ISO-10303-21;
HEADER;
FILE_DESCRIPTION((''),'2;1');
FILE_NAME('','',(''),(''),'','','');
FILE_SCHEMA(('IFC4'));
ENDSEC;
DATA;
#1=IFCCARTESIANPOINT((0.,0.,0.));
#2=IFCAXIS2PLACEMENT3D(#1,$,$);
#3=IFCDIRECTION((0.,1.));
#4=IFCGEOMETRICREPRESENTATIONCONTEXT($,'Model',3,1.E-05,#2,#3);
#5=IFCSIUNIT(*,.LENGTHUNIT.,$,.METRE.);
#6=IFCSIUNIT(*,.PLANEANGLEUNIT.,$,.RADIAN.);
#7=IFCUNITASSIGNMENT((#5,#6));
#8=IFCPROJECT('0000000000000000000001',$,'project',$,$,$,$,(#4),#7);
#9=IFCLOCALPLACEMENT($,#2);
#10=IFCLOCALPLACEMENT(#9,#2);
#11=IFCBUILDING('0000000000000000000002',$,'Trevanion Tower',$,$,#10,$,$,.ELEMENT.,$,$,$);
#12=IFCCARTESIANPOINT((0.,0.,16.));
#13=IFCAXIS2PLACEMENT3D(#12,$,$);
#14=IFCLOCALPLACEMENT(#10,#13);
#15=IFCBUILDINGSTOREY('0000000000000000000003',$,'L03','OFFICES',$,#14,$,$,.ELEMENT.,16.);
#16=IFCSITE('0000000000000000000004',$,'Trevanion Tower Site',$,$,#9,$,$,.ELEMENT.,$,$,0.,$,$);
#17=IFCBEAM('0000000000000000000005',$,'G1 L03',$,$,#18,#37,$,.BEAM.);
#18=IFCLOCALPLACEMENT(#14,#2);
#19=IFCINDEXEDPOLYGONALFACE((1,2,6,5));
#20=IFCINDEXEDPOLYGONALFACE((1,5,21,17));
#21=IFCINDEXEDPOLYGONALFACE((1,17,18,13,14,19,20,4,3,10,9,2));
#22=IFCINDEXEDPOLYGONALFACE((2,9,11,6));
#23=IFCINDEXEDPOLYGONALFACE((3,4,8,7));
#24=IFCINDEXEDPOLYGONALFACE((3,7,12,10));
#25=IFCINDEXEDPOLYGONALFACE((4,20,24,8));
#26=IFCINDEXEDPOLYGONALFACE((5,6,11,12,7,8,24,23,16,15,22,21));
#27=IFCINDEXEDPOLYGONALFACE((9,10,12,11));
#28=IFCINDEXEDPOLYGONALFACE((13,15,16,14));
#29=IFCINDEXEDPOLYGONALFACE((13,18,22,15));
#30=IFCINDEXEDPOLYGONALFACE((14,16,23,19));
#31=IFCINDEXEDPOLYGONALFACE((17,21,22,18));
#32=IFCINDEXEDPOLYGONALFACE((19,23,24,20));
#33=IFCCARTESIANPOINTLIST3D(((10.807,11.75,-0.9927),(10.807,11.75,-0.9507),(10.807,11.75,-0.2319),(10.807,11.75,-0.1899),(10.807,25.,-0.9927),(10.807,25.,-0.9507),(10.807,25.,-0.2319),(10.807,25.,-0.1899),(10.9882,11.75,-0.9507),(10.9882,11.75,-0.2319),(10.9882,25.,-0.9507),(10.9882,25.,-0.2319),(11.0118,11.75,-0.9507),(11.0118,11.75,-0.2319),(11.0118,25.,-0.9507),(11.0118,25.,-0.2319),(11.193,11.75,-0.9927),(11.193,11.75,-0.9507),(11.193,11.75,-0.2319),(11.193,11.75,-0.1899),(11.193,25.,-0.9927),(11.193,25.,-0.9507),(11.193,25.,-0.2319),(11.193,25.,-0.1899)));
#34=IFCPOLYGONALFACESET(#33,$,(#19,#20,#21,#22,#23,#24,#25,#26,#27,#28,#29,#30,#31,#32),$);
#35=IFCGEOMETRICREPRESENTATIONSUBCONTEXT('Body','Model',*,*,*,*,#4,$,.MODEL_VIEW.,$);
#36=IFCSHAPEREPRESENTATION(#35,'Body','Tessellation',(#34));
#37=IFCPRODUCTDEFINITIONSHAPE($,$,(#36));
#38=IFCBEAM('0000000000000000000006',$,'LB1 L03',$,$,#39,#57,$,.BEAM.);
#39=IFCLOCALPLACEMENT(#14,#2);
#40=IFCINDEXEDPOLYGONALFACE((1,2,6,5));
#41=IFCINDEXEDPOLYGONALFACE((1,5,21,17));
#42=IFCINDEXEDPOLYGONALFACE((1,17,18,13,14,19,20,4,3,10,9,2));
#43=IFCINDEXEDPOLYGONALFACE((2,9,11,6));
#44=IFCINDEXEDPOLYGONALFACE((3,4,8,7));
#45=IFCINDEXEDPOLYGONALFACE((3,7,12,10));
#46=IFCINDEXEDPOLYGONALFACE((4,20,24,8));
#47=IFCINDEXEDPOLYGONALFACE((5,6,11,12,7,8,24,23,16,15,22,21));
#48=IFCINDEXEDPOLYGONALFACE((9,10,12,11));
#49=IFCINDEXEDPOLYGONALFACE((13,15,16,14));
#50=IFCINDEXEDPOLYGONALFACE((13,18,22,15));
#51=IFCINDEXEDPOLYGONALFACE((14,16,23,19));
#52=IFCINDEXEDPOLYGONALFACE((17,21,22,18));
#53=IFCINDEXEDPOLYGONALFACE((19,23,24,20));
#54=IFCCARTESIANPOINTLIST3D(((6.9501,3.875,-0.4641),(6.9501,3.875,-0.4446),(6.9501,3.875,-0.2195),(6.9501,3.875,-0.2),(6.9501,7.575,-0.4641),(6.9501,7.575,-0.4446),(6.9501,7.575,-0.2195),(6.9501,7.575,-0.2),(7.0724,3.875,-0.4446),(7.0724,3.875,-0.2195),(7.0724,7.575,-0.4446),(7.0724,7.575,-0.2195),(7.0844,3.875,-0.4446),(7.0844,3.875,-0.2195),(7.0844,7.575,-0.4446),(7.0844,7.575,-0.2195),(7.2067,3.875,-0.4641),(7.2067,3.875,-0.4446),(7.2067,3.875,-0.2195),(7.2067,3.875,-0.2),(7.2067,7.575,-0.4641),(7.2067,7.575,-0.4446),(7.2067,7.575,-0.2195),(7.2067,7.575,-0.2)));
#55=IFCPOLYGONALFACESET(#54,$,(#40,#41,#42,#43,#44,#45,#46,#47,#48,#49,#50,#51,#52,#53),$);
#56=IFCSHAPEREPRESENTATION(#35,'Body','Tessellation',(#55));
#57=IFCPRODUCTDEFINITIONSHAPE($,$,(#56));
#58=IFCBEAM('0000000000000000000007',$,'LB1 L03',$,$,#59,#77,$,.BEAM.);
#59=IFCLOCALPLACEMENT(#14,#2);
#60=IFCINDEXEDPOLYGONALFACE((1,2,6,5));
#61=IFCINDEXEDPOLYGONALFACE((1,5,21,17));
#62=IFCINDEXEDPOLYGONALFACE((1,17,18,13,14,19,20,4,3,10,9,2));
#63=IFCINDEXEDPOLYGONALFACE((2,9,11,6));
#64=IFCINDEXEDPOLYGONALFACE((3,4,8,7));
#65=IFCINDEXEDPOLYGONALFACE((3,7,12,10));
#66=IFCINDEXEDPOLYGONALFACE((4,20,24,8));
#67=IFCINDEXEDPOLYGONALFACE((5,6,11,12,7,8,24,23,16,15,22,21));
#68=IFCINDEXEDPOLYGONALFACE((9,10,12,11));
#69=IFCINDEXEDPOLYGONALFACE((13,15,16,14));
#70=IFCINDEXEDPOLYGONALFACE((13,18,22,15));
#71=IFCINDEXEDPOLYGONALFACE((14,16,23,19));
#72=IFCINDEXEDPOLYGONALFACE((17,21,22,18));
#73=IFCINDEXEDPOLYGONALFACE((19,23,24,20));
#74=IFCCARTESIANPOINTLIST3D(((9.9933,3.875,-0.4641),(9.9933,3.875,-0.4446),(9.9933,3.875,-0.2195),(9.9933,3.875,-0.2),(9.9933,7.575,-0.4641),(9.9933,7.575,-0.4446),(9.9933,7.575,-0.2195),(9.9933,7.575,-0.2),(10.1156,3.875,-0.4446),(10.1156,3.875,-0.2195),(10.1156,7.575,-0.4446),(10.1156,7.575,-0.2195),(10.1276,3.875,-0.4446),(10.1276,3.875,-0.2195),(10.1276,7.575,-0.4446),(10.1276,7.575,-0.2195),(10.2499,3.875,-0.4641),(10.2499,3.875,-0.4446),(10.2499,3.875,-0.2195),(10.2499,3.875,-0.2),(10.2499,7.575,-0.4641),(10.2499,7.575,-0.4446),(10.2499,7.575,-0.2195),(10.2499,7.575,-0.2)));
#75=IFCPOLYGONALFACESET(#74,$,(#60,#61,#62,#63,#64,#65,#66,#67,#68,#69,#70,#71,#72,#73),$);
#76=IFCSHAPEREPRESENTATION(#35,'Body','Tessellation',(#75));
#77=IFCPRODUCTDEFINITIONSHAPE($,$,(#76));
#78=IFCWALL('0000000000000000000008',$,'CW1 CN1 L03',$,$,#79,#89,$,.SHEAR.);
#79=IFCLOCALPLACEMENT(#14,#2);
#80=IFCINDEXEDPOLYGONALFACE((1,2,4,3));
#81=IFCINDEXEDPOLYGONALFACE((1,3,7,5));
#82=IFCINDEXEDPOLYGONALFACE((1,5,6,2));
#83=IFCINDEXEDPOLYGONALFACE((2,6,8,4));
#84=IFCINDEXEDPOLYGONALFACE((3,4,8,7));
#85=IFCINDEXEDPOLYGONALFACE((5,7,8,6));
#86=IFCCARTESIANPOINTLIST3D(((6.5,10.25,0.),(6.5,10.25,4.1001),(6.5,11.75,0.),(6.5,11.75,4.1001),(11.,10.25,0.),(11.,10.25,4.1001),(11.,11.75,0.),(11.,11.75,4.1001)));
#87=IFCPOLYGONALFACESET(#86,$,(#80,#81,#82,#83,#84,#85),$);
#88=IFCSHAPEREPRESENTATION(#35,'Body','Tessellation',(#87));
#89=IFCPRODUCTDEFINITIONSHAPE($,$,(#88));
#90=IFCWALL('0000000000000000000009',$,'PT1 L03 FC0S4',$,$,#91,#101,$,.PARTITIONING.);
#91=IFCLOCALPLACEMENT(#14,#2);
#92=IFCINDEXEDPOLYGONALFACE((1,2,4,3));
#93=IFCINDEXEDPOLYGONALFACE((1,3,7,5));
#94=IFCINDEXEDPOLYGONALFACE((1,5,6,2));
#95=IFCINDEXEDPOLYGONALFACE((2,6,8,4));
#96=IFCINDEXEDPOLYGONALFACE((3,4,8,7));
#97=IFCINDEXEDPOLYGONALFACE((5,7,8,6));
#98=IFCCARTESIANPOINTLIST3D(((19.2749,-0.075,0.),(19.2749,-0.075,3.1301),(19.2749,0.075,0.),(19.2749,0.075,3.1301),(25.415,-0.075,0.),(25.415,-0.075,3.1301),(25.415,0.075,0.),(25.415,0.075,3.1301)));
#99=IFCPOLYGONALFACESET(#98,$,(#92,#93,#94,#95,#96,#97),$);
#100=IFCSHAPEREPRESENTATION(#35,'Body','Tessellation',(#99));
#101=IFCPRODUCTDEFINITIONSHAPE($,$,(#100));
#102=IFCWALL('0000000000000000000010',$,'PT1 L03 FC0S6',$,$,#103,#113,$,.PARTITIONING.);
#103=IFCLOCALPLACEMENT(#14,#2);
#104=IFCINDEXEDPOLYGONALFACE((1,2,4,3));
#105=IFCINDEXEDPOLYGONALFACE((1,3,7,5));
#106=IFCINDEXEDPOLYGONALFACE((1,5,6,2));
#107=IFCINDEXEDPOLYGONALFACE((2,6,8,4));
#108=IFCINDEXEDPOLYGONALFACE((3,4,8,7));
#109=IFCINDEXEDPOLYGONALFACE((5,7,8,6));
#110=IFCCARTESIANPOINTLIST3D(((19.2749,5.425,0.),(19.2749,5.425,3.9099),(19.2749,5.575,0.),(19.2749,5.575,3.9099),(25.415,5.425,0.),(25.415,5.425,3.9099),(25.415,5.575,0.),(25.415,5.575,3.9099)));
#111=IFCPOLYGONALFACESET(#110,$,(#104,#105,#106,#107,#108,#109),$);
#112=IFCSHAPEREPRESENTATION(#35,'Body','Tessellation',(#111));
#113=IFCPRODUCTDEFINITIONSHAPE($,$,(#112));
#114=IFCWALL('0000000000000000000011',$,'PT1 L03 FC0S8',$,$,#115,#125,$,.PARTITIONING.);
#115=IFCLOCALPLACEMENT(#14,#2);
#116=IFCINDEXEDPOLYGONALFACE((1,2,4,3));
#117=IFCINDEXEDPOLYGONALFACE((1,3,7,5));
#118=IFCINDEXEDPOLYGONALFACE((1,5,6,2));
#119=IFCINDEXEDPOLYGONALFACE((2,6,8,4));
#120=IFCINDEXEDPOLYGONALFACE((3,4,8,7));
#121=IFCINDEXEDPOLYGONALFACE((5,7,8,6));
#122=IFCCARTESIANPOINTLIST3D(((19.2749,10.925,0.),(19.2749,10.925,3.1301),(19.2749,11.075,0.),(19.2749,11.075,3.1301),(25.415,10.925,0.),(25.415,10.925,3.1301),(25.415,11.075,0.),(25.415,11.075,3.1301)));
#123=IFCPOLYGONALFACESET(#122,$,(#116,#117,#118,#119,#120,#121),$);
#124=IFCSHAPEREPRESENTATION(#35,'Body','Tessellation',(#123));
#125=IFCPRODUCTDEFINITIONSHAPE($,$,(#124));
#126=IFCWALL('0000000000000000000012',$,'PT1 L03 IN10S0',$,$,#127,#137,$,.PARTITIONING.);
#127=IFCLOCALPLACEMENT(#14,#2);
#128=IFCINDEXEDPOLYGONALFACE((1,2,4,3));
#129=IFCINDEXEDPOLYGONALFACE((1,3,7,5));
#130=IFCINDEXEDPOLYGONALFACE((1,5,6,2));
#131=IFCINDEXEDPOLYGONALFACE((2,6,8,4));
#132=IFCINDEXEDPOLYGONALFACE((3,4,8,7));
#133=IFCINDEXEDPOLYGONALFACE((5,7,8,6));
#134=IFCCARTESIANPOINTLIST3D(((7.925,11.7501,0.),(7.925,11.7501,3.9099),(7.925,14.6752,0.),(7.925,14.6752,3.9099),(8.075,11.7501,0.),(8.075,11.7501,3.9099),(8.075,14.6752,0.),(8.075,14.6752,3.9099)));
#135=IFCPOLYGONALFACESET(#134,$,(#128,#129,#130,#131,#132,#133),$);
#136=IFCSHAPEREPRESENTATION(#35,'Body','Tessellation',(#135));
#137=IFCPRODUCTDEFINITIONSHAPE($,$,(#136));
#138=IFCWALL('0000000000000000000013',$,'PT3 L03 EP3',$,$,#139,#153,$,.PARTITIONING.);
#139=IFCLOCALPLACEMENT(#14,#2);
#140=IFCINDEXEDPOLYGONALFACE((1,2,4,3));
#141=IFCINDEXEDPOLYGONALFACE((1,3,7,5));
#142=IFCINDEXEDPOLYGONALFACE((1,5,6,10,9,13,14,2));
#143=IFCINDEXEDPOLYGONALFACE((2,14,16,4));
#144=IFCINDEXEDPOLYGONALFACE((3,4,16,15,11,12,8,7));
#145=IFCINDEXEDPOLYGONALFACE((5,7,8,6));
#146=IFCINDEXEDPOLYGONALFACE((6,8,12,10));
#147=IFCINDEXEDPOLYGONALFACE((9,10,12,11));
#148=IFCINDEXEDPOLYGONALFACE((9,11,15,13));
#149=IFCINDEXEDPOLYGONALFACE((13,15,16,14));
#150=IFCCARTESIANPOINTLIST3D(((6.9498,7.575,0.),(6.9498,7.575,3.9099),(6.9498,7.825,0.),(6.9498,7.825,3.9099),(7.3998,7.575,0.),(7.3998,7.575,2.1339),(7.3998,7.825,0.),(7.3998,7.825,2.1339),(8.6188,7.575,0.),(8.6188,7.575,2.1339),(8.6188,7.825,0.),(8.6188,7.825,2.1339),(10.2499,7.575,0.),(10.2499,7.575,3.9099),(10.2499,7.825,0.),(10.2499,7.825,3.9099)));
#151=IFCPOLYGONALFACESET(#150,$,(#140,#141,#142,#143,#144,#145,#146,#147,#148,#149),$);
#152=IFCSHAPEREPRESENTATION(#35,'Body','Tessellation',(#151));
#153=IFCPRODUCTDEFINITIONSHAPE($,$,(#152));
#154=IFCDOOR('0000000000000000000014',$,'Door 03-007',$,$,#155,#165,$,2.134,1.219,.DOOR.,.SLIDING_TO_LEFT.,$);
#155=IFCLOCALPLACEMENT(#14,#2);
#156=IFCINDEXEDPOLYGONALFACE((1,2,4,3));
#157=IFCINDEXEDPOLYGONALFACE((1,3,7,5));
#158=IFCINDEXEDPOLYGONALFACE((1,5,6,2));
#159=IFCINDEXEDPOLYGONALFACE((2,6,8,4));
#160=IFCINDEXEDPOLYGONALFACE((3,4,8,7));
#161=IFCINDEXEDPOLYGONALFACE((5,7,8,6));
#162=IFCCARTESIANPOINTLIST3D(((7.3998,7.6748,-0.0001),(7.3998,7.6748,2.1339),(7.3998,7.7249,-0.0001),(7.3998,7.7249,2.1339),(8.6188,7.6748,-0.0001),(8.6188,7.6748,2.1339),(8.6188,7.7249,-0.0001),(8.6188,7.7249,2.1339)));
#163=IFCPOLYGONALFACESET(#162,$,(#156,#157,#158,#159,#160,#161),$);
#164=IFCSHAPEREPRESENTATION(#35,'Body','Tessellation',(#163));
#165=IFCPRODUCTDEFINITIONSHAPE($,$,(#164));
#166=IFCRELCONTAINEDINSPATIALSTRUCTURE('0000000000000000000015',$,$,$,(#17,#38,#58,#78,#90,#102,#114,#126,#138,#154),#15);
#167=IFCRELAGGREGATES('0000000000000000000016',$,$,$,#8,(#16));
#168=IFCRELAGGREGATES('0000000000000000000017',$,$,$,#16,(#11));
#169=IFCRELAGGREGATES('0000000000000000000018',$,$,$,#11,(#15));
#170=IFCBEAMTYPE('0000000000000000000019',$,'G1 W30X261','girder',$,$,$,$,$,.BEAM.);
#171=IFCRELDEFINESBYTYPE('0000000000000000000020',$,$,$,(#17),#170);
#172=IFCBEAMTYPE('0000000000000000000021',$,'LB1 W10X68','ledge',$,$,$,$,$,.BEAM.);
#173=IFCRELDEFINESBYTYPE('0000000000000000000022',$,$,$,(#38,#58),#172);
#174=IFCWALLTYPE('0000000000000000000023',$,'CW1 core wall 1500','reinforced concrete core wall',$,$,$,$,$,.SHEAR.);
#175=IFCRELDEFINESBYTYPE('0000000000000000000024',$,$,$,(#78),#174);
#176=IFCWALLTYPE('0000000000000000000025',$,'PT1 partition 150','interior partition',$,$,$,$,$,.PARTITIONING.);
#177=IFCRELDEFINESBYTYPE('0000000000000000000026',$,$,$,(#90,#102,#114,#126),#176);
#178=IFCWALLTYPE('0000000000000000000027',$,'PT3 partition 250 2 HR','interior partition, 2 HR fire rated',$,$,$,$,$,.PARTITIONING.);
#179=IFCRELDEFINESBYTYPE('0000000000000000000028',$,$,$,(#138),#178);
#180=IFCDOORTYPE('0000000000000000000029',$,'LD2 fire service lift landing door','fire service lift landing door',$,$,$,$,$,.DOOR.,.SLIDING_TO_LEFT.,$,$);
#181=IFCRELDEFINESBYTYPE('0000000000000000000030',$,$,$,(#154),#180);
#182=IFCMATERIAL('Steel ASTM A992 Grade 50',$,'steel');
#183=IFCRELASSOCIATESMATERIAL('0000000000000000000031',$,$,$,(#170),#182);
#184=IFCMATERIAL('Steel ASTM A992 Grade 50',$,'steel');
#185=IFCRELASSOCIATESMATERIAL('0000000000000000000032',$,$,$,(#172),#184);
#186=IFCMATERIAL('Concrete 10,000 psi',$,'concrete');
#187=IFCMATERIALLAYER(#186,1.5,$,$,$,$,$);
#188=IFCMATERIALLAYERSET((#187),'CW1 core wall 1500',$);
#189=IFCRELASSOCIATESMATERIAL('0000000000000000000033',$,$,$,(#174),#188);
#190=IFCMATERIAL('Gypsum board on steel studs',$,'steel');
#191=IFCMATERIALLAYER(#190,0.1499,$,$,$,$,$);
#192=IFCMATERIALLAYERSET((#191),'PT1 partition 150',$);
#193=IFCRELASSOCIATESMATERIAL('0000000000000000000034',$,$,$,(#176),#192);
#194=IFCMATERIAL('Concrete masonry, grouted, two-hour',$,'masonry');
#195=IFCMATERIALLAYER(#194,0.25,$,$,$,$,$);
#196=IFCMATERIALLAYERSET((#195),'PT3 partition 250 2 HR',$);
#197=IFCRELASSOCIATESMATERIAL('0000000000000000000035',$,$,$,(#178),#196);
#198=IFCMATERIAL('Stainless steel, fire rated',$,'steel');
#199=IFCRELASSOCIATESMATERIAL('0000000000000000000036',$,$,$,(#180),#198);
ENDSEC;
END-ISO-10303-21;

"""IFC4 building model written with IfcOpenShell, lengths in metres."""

from ifc_helpers import new_model, si_unit, direction, frame, frame_2d, origin, origin_2d, place, context, subcontext, project, spatial, rectangle, i_section, extrude, material, layer, layer_set, material_profile, profile_set, type_object, element, fill, save


model = new_model("IFC4")

# Units and contexts
model_context = context("Model", 3, precision=1e-05, world=origin(), true_north=direction((0.0, 1.0)))
body_context = subcontext(model_context, "Body", "Model", "MODEL_VIEW")
ifc_project = project(units=[si_unit("LENGTHUNIT", "METRE"), si_unit("PLANEANGLEUNIT", "RADIAN")], contexts=[model_context])

# Site, building, storey
site_placement = place(None, origin())
site = spatial("IfcSite", under=ifc_project, at=site_placement, Name="Trevanion Tower Site", CompositionType="ELEMENT", RefElevation=0.0)
building_placement = place(site_placement, origin())
building = spatial("IfcBuilding", under=site, at=building_placement, Name="Trevanion Tower", CompositionType="ELEMENT")
storey_placement = place(building_placement, frame((0.0, 0.0, 16.0)))
storey = spatial("IfcBuildingStorey", under=building, at=storey_placement, Name="L03", Description="OFFICES", CompositionType="ELEMENT", Elevation=16.0)

# Beams
ifc_material_1 = material(Name="Steel ASTM A992 Grade 50", Category="steel")
ifc_material_profile_1 = material_profile(ifc_material_1, i_section(OverallWidth=0.386, OverallDepth=0.8027, WebThickness=0.0237, FlangeThickness=0.042, at=origin_2d()), Name="W30X261")
ifc_profile_set_1 = profile_set([ifc_material_profile_1], Name="Steel ASTM A992 Grade 50")
beam_type_1 = type_object("IfcBeamType", Name="G1 W30X261", Description="girder", PredefinedType="BEAM", material=ifc_profile_set_1)
for number, where, z_axis, x_axis, name in (
    (1, (11.0, 11.75, -0.5913), (0.0, 1.0, 0.0), (-1.0, 0.0, 0.0), "G1 L03"),
):
    element("IfcBeam", number, at=place(storey_placement, frame(where, z_axis=z_axis, x_axis=x_axis)), inside=storey, type_object=beam_type_1, Name=name, PredefinedType="BEAM", context=body_context, shape_type="SweptSolid", body=[
        extrude(i_section(OverallWidth=0.386, OverallDepth=0.8027, WebThickness=0.0237, FlangeThickness=0.042, at=origin_2d()), origin(), (0.0, 0.0, 1.0), 13.25),
    ])
ifc_material_2 = material(Name="Steel ASTM A992 Grade 50", Category="steel")
ifc_material_profile_2 = material_profile(ifc_material_2, i_section(OverallWidth=0.2566, OverallDepth=0.2642, WebThickness=0.012, FlangeThickness=0.0195, at=origin_2d()), Name="W10X68")
ifc_profile_set_2 = profile_set([ifc_material_profile_2], Name="Steel ASTM A992 Grade 50")
beam_type_2 = type_object("IfcBeamType", Name="LB1 W10X68", Description="ledge", PredefinedType="BEAM", material=ifc_profile_set_2)
for number, where, z_axis, x_axis, name in (
    (2, (7.0784, 3.875, -0.332), (0.0, 1.0, 0.0), (-1.0, 0.0, 0.0), "LB1 L03"),
    (3, (10.1216, 3.875, -0.332), (0.0, 1.0, 0.0), (-1.0, 0.0, 0.0), "LB1 L03"),
):
    element("IfcBeam", number, at=place(storey_placement, frame(where, z_axis=z_axis, x_axis=x_axis)), inside=storey, type_object=beam_type_2, Name=name, PredefinedType="BEAM", context=body_context, shape_type="SweptSolid", body=[
        extrude(i_section(OverallWidth=0.2566, OverallDepth=0.2642, WebThickness=0.012, FlangeThickness=0.0195, at=origin_2d()), origin(), (0.0, 0.0, 1.0), 3.7),
    ])

# Walls
ifc_material_3 = material(Name="Concrete 10,000 psi", Category="concrete")
ifc_layer_1 = layer(ifc_material_3, 1.5)
ifc_layer_set_1 = layer_set([ifc_layer_1], Name="CW1 core wall 1500")
wall_type_1 = type_object("IfcWallType", Name="CW1 core wall 1500", Description="reinforced concrete core wall", PredefinedType="SHEAR", material=ifc_layer_set_1)
wall_1_placement = place(storey_placement, frame((11.0, 11.0, 0.0), z_axis=(0.0, 0.0, 1.0), x_axis=(-1.0, 0.0, 0.0)))
element("IfcWall", 4, at=wall_1_placement, inside=storey, type_object=wall_type_1, Name="CW1 CN1 L03", PredefinedType="SHEAR", context=body_context, shape_type="SweptSolid", body=[
    extrude(rectangle(XDim=4.5, YDim=1.5, at=frame_2d((2.25, 0.0))), origin(), (0.0, 0.0, 1.0), 4.1001),
])
ifc_material_4 = material(Name="Gypsum board on steel studs", Category="steel")
ifc_layer_2 = layer(ifc_material_4, 0.1499)
ifc_layer_set_2 = layer_set([ifc_layer_2], Name="PT1 partition 150")
wall_type_2 = type_object("IfcWallType", Name="PT1 partition 150", Description="interior partition", PredefinedType="PARTITIONING", material=ifc_layer_set_2)
wall_2_placement = place(storey_placement, frame((19.2749, 0.0, 0.0), z_axis=(0.0, 0.0, 1.0), x_axis=(1.0, 0.0, 0.0)))
element("IfcWall", 5, at=wall_2_placement, inside=storey, type_object=wall_type_2, Name="PT1 L03 FC0S4", PredefinedType="PARTITIONING", context=body_context, shape_type="SweptSolid", body=[
    extrude(rectangle(XDim=6.1401, YDim=0.1499, at=frame_2d((3.0701, 0.0))), origin(), (0.0, 0.0, 1.0), 3.1301),
])
wall_3_placement = place(storey_placement, frame((19.2749, 5.5, 0.0), z_axis=(0.0, 0.0, 1.0), x_axis=(1.0, 0.0, 0.0)))
element("IfcWall", 6, at=wall_3_placement, inside=storey, type_object=wall_type_2, Name="PT1 L03 FC0S6", PredefinedType="PARTITIONING", context=body_context, shape_type="SweptSolid", body=[
    extrude(rectangle(XDim=6.1401, YDim=0.1499, at=frame_2d((3.0701, 0.0))), origin(), (0.0, 0.0, 1.0), 3.9099),
])
wall_4_placement = place(storey_placement, frame((19.2749, 11.0, 0.0), z_axis=(0.0, 0.0, 1.0), x_axis=(1.0, 0.0, 0.0)))
element("IfcWall", 7, at=wall_4_placement, inside=storey, type_object=wall_type_2, Name="PT1 L03 FC0S8", PredefinedType="PARTITIONING", context=body_context, shape_type="SweptSolid", body=[
    extrude(rectangle(XDim=6.1401, YDim=0.1499, at=frame_2d((3.0701, 0.0))), origin(), (0.0, 0.0, 1.0), 3.1301),
])
wall_5_placement = place(storey_placement, frame((8.0, 14.675, 0.0), z_axis=(0.0, 0.0, 1.0), x_axis=(0.0, -1.0, 0.0)))
element("IfcWall", 8, at=wall_5_placement, inside=storey, type_object=wall_type_2, Name="PT1 L03 IN10S0", PredefinedType="PARTITIONING", context=body_context, shape_type="SweptSolid", body=[
    extrude(rectangle(XDim=2.925, YDim=0.1499, at=frame_2d((1.4624, 0.0))), origin(), (0.0, 0.0, 1.0), 3.9099),
])

# Wall, opening, door
ifc_material_5 = material(Name="Concrete masonry, grouted, two-hour", Category="masonry")
ifc_layer_3 = layer(ifc_material_5, 0.25)
ifc_layer_set_3 = layer_set([ifc_layer_3], Name="PT3 partition 250 2 HR")
wall_type_3 = type_object("IfcWallType", Name="PT3 partition 250 2 HR", Description="interior partition, 2 HR fire rated", PredefinedType="PARTITIONING", material=ifc_layer_set_3)
wall_6_placement = place(storey_placement, frame((6.95, 7.7, 0.0), z_axis=(0.0, 0.0, 1.0), x_axis=(1.0, 0.0, 0.0)))
wall_6 = element("IfcWall", 9, at=wall_6_placement, inside=storey, type_object=wall_type_3, Name="PT3 L03 EP3", PredefinedType="PARTITIONING", context=body_context, shape_type="SweptSolid", body=[
    extrude(rectangle(XDim=3.3, YDim=0.25, at=frame_2d((1.6499, 0.0))), origin(), (0.0, 0.0, 1.0), 3.9099),
])
opening_placement = place(wall_6_placement, frame((0.45, 0.0, 0.0)))
opening = element("IfcOpeningElement", 10, at=opening_placement, cuts=wall_6, PredefinedType="OPENING", context=body_context, shape_type="SweptSolid", body=[
    extrude(rectangle(XDim=1.219, YDim=2.134, at=frame_2d((0.6094, 1.0669))), frame((0.0, 0.135, 0.0), z_axis=(0.0, -1.0, 0.0), x_axis=(1.0, 0.0, 0.0)), (0.0, 0.0, 1.0), 0.27),
])
ifc_material_6 = material(Name="Stainless steel, fire rated", Category="steel")
door_type = type_object("IfcDoorType", Name="LD2 fire service lift landing door", Description="fire service lift landing door", OperationType="SLIDING_TO_LEFT", PredefinedType="DOOR", material=ifc_material_6)
door_placement = place(opening_placement, origin())
door = element("IfcDoor", 11, at=door_placement, inside=storey, type_object=door_type, Name="Door 03-007", OperationType="SLIDING_TO_LEFT", OverallHeight=2.134, OverallWidth=1.219, PredefinedType="DOOR", context=body_context, shape_type="SweptSolid", body=[
    extrude(rectangle(XDim=1.219, YDim=2.134, at=frame_2d((0.6094, 1.0669))), frame((0.0, 0.0249, 0.0), z_axis=(0.0, -1.0, 0.0), x_axis=(1.0, 0.0, 0.0)), (0.0, 0.0, 1.0), 0.05),
])
fill(opening, door)

save(model, "model.ifc")
